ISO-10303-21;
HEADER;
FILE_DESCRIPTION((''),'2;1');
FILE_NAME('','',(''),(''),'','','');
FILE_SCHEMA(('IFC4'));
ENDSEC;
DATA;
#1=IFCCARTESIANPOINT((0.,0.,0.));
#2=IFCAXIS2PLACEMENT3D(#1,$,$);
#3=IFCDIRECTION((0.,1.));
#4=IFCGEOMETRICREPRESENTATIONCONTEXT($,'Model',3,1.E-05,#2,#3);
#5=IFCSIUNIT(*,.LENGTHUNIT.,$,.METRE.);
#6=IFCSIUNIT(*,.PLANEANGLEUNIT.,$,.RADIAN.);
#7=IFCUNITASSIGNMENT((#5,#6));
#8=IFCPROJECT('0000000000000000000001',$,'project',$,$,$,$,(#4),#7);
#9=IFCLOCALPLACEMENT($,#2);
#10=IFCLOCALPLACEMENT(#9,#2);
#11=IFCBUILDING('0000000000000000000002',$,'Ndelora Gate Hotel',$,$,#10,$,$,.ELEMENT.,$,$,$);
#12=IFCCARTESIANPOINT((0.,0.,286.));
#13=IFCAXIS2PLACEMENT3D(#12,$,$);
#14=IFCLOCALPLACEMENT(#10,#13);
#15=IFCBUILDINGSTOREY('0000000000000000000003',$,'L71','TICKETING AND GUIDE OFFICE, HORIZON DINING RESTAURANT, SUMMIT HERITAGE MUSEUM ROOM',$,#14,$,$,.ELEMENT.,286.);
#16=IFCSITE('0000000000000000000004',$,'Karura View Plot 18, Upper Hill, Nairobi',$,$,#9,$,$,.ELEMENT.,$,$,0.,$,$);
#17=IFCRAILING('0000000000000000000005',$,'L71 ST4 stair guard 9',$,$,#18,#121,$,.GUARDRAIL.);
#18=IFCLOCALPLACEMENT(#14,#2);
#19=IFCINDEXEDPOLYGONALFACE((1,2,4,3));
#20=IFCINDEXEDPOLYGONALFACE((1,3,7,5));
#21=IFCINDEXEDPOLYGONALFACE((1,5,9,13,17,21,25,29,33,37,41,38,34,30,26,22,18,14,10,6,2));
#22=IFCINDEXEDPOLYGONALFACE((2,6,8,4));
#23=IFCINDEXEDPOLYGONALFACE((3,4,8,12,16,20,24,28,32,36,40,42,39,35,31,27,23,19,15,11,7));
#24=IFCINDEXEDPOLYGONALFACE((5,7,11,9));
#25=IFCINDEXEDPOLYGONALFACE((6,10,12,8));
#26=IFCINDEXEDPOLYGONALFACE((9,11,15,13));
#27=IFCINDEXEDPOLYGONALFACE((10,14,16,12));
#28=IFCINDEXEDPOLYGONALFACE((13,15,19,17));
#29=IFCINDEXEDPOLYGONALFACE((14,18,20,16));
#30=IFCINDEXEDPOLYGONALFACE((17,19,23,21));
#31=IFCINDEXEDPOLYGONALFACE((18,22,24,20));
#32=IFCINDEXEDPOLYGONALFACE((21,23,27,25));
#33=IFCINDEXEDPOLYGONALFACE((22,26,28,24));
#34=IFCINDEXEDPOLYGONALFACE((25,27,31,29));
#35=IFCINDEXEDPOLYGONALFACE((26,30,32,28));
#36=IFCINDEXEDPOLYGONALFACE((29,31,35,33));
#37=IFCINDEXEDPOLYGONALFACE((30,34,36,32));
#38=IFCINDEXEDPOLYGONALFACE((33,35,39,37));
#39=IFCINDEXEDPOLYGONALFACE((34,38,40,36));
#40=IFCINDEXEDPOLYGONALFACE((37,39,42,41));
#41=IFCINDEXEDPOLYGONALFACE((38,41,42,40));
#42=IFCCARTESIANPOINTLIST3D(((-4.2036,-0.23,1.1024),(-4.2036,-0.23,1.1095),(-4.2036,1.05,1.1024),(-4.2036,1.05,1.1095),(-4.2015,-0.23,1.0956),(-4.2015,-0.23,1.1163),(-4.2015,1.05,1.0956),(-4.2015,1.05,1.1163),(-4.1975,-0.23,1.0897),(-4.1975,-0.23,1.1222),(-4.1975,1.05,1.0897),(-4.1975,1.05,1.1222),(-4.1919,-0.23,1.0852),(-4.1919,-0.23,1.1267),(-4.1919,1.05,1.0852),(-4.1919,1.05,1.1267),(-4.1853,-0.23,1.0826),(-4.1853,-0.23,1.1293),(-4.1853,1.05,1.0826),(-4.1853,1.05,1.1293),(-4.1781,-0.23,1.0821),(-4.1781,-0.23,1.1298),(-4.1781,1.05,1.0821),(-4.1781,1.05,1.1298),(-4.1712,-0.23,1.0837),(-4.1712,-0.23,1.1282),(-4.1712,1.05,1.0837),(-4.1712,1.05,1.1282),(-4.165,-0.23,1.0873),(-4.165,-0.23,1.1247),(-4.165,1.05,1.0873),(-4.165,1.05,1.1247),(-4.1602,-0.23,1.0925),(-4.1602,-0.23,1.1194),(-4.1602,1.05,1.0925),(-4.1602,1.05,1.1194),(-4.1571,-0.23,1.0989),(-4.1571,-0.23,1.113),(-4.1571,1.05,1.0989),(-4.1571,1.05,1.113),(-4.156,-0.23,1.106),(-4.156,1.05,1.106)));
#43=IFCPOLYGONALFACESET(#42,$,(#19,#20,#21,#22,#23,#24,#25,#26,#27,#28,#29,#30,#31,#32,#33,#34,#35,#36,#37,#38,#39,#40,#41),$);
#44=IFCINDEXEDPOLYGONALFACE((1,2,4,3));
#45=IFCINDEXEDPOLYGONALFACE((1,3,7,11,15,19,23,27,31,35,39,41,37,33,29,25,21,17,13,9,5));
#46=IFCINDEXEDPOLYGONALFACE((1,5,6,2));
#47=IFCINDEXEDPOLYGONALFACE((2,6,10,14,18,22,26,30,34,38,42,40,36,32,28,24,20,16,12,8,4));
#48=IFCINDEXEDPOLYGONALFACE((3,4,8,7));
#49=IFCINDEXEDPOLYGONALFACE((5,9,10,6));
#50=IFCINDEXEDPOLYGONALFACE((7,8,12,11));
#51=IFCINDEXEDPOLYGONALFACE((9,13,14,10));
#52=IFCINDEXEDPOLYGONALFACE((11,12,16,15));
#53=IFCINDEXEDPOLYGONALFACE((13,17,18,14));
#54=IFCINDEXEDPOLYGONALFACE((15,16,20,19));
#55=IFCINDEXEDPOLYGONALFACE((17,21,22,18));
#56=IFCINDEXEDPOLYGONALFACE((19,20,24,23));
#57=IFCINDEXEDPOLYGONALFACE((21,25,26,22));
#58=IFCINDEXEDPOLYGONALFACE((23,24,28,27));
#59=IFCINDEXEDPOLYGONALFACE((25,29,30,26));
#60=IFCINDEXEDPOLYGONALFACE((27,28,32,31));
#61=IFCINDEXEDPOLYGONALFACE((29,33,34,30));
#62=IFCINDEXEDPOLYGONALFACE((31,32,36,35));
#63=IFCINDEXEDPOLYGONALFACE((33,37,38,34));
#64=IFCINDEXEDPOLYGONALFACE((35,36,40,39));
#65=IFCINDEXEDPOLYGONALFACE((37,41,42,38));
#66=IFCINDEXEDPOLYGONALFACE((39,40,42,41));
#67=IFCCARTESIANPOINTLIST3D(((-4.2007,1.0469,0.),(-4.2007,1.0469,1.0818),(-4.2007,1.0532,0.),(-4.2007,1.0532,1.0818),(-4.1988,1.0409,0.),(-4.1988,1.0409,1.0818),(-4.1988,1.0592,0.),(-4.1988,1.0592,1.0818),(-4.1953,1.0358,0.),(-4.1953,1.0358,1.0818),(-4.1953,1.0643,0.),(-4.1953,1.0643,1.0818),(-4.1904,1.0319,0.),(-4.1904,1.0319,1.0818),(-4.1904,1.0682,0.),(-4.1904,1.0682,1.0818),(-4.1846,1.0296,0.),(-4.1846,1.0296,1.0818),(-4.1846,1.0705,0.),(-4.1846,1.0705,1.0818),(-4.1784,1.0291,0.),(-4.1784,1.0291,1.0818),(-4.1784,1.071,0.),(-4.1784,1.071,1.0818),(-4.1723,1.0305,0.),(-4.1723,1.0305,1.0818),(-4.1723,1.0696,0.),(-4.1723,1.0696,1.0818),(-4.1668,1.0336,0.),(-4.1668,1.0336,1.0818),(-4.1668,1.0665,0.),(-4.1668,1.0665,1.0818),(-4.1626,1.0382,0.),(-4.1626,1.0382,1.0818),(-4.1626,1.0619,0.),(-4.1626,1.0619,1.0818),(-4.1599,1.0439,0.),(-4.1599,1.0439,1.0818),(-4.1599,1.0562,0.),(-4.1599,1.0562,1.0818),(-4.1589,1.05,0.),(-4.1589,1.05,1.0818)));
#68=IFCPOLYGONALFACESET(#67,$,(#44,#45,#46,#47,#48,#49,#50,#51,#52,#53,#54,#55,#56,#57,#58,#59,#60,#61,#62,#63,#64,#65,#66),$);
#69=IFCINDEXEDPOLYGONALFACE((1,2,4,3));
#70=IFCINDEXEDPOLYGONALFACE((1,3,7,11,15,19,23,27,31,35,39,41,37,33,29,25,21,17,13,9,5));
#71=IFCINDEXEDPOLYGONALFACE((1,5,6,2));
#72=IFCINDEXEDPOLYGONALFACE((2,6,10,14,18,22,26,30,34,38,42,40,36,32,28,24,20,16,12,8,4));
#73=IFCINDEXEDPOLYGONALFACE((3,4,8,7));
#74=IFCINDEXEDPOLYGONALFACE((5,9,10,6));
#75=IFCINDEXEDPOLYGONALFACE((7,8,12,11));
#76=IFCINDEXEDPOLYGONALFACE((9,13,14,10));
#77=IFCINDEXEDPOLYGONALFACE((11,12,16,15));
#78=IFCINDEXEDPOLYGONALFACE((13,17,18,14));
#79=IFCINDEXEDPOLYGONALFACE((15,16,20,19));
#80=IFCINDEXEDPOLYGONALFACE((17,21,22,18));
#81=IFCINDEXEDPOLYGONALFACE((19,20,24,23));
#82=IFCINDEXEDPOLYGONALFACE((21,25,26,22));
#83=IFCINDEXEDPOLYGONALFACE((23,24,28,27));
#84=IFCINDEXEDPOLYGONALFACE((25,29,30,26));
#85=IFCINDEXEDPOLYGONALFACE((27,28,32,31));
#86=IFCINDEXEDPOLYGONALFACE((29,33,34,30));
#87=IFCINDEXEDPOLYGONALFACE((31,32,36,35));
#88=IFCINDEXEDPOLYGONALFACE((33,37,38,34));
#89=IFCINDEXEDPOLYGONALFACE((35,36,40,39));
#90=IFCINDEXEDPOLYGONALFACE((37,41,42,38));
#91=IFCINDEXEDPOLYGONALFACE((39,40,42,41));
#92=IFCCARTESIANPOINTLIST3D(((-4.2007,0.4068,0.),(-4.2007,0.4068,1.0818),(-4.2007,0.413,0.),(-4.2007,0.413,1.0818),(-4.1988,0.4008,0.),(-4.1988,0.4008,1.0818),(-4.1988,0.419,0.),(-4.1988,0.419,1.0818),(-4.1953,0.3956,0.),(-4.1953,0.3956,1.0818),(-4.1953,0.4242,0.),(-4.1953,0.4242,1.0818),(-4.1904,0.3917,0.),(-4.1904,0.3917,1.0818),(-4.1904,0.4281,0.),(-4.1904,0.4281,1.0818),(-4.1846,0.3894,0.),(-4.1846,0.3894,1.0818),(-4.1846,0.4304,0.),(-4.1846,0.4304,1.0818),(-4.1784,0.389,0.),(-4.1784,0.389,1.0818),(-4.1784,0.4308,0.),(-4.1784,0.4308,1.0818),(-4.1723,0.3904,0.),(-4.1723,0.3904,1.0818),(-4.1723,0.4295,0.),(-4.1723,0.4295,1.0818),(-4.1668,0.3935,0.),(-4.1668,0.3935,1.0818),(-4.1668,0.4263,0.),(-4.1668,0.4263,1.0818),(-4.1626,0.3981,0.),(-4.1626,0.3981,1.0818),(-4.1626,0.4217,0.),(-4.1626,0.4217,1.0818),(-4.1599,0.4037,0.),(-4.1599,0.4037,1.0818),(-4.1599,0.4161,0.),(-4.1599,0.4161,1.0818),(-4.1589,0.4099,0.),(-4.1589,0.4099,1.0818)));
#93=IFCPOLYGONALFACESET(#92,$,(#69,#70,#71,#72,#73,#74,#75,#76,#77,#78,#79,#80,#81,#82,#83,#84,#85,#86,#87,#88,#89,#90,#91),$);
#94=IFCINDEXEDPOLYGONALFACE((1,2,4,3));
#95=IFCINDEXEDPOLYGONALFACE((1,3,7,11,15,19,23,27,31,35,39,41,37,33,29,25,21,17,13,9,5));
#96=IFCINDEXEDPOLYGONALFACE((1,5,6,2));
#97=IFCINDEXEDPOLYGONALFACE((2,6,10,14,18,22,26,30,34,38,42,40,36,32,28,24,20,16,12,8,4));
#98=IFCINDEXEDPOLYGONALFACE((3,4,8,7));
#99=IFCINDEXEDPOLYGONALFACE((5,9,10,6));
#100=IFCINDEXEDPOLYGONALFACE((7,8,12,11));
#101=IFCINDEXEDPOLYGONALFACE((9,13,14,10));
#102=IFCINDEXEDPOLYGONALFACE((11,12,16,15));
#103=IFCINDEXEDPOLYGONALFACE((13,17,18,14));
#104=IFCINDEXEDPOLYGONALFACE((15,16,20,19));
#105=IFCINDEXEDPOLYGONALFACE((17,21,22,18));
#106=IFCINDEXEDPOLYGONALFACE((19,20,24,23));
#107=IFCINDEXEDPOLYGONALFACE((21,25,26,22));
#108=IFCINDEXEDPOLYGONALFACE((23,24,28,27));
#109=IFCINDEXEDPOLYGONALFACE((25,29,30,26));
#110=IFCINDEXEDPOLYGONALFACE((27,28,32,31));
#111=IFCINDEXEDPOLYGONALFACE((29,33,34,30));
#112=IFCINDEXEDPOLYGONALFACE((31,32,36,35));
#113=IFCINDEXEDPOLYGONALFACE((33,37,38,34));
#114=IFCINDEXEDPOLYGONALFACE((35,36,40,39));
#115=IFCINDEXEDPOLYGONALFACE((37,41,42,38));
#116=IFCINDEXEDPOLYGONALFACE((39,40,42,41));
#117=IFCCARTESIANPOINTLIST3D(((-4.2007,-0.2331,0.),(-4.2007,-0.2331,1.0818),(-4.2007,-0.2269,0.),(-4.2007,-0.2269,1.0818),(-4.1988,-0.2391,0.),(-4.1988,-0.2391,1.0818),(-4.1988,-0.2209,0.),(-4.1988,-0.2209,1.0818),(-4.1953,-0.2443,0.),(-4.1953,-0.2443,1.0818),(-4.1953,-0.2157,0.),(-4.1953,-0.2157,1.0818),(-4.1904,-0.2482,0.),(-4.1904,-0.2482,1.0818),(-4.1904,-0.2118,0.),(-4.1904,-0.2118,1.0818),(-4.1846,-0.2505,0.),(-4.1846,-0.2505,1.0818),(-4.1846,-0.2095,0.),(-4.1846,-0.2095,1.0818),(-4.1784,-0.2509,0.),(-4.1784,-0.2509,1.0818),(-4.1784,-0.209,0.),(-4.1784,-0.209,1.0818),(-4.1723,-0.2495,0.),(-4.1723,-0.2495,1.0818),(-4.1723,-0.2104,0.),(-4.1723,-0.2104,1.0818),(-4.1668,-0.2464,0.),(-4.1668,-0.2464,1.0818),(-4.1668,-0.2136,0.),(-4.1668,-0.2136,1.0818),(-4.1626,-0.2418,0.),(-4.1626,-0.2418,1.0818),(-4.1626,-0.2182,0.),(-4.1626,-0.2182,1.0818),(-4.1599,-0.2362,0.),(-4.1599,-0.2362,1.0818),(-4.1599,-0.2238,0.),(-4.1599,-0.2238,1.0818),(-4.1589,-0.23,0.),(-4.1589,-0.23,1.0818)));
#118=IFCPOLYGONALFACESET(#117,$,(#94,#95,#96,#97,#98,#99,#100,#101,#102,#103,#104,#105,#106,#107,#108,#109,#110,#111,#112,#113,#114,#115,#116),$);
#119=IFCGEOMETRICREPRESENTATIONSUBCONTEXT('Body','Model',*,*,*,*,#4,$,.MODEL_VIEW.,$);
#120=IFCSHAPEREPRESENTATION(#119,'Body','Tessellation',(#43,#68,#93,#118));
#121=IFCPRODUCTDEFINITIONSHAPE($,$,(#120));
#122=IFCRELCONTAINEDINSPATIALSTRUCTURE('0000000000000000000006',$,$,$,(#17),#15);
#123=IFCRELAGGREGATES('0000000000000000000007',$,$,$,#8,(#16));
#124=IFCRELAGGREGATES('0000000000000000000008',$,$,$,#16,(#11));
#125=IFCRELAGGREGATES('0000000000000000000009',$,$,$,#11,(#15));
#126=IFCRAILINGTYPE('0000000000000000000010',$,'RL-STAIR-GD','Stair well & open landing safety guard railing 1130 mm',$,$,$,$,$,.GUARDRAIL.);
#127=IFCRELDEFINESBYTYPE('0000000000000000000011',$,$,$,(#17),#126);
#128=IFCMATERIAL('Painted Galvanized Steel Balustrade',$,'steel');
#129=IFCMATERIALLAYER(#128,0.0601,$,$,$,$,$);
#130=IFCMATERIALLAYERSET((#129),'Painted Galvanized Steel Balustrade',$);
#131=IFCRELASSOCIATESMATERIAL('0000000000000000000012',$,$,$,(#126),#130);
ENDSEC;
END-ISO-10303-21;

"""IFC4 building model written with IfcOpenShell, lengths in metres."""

from ifc_helpers import new_model, si_unit, direction, frame, origin, origin_2d, place, context, subcontext, project, spatial, circle, extrude, material, layer, layer_set, type_object, element, save


model = new_model("IFC4")

# Units and contexts
model_context = context("Model", 3, precision=1e-05, world=origin(), true_north=direction((0.0, 1.0)))
body_context = subcontext(model_context, "Body", "Model", "MODEL_VIEW")
ifc_project = project(units=[si_unit("LENGTHUNIT", "METRE"), si_unit("PLANEANGLEUNIT", "RADIAN")], contexts=[model_context])

# Site, building, storey
site_placement = place(None, origin())
site = spatial("IfcSite", under=ifc_project, at=site_placement, Name="Karura View Plot 18, Upper Hill, Nairobi", CompositionType="ELEMENT", RefElevation=0.0)
building_placement = place(site_placement, origin())
building = spatial("IfcBuilding", under=site, at=building_placement, Name="Ndelora Gate Hotel", CompositionType="ELEMENT")
storey_placement = place(building_placement, frame((0.0, 0.0, 286.0)))
storey = spatial("IfcBuildingStorey", under=building, at=storey_placement, Name="L71", Description="TICKETING AND GUIDE OFFICE, HORIZON DINING RESTAURANT, SUMMIT HERITAGE MUSEUM ROOM", CompositionType="ELEMENT", Elevation=286.0)

# Railing
ifc_material_1 = material(Name="Painted Galvanized Steel Balustrade", Category="steel")
ifc_layer_1 = layer(ifc_material_1, 0.0601)
ifc_layer_set_1 = layer_set([ifc_layer_1], Name="Painted Galvanized Steel Balustrade")
railing_type = type_object("IfcRailingType", Name="RL-STAIR-GD", Description="Stair well & open landing safety guard railing 1130 mm", PredefinedType="GUARDRAIL", material=ifc_layer_set_1)
for number, where, name in (
    (1, (-4.1799, 1.05, 0.0), "L71 ST4 stair guard 9"),
):
    element("IfcRailing", number, at=place(storey_placement, frame(where)), inside=storey, type_object=railing_type, Name=name, PredefinedType="GUARDRAIL", context=body_context, shape_type="SweptSolid", body=[
        extrude(circle(Radius=0.0239, at=origin_2d()), frame((0.0, 0.0, 1.106), z_axis=(0.0, -1.0, 0.0), x_axis=(1.0, 0.0, 0.0)), (0.0, 0.0, 1.0), 1.28),
        extrude(circle(Radius=0.021, at=origin_2d()), origin(), (0.0, 0.0, 1.0), 1.0818),
        extrude(circle(Radius=0.021, at=origin_2d()), frame((0.0, -0.6401, 0.0)), (0.0, 0.0, 1.0), 1.0818),
        extrude(circle(Radius=0.021, at=origin_2d()), frame((0.0, -1.28, 0.0)), (0.0, 0.0, 1.0), 1.0818),
    ])

save(model, "model.ifc")
